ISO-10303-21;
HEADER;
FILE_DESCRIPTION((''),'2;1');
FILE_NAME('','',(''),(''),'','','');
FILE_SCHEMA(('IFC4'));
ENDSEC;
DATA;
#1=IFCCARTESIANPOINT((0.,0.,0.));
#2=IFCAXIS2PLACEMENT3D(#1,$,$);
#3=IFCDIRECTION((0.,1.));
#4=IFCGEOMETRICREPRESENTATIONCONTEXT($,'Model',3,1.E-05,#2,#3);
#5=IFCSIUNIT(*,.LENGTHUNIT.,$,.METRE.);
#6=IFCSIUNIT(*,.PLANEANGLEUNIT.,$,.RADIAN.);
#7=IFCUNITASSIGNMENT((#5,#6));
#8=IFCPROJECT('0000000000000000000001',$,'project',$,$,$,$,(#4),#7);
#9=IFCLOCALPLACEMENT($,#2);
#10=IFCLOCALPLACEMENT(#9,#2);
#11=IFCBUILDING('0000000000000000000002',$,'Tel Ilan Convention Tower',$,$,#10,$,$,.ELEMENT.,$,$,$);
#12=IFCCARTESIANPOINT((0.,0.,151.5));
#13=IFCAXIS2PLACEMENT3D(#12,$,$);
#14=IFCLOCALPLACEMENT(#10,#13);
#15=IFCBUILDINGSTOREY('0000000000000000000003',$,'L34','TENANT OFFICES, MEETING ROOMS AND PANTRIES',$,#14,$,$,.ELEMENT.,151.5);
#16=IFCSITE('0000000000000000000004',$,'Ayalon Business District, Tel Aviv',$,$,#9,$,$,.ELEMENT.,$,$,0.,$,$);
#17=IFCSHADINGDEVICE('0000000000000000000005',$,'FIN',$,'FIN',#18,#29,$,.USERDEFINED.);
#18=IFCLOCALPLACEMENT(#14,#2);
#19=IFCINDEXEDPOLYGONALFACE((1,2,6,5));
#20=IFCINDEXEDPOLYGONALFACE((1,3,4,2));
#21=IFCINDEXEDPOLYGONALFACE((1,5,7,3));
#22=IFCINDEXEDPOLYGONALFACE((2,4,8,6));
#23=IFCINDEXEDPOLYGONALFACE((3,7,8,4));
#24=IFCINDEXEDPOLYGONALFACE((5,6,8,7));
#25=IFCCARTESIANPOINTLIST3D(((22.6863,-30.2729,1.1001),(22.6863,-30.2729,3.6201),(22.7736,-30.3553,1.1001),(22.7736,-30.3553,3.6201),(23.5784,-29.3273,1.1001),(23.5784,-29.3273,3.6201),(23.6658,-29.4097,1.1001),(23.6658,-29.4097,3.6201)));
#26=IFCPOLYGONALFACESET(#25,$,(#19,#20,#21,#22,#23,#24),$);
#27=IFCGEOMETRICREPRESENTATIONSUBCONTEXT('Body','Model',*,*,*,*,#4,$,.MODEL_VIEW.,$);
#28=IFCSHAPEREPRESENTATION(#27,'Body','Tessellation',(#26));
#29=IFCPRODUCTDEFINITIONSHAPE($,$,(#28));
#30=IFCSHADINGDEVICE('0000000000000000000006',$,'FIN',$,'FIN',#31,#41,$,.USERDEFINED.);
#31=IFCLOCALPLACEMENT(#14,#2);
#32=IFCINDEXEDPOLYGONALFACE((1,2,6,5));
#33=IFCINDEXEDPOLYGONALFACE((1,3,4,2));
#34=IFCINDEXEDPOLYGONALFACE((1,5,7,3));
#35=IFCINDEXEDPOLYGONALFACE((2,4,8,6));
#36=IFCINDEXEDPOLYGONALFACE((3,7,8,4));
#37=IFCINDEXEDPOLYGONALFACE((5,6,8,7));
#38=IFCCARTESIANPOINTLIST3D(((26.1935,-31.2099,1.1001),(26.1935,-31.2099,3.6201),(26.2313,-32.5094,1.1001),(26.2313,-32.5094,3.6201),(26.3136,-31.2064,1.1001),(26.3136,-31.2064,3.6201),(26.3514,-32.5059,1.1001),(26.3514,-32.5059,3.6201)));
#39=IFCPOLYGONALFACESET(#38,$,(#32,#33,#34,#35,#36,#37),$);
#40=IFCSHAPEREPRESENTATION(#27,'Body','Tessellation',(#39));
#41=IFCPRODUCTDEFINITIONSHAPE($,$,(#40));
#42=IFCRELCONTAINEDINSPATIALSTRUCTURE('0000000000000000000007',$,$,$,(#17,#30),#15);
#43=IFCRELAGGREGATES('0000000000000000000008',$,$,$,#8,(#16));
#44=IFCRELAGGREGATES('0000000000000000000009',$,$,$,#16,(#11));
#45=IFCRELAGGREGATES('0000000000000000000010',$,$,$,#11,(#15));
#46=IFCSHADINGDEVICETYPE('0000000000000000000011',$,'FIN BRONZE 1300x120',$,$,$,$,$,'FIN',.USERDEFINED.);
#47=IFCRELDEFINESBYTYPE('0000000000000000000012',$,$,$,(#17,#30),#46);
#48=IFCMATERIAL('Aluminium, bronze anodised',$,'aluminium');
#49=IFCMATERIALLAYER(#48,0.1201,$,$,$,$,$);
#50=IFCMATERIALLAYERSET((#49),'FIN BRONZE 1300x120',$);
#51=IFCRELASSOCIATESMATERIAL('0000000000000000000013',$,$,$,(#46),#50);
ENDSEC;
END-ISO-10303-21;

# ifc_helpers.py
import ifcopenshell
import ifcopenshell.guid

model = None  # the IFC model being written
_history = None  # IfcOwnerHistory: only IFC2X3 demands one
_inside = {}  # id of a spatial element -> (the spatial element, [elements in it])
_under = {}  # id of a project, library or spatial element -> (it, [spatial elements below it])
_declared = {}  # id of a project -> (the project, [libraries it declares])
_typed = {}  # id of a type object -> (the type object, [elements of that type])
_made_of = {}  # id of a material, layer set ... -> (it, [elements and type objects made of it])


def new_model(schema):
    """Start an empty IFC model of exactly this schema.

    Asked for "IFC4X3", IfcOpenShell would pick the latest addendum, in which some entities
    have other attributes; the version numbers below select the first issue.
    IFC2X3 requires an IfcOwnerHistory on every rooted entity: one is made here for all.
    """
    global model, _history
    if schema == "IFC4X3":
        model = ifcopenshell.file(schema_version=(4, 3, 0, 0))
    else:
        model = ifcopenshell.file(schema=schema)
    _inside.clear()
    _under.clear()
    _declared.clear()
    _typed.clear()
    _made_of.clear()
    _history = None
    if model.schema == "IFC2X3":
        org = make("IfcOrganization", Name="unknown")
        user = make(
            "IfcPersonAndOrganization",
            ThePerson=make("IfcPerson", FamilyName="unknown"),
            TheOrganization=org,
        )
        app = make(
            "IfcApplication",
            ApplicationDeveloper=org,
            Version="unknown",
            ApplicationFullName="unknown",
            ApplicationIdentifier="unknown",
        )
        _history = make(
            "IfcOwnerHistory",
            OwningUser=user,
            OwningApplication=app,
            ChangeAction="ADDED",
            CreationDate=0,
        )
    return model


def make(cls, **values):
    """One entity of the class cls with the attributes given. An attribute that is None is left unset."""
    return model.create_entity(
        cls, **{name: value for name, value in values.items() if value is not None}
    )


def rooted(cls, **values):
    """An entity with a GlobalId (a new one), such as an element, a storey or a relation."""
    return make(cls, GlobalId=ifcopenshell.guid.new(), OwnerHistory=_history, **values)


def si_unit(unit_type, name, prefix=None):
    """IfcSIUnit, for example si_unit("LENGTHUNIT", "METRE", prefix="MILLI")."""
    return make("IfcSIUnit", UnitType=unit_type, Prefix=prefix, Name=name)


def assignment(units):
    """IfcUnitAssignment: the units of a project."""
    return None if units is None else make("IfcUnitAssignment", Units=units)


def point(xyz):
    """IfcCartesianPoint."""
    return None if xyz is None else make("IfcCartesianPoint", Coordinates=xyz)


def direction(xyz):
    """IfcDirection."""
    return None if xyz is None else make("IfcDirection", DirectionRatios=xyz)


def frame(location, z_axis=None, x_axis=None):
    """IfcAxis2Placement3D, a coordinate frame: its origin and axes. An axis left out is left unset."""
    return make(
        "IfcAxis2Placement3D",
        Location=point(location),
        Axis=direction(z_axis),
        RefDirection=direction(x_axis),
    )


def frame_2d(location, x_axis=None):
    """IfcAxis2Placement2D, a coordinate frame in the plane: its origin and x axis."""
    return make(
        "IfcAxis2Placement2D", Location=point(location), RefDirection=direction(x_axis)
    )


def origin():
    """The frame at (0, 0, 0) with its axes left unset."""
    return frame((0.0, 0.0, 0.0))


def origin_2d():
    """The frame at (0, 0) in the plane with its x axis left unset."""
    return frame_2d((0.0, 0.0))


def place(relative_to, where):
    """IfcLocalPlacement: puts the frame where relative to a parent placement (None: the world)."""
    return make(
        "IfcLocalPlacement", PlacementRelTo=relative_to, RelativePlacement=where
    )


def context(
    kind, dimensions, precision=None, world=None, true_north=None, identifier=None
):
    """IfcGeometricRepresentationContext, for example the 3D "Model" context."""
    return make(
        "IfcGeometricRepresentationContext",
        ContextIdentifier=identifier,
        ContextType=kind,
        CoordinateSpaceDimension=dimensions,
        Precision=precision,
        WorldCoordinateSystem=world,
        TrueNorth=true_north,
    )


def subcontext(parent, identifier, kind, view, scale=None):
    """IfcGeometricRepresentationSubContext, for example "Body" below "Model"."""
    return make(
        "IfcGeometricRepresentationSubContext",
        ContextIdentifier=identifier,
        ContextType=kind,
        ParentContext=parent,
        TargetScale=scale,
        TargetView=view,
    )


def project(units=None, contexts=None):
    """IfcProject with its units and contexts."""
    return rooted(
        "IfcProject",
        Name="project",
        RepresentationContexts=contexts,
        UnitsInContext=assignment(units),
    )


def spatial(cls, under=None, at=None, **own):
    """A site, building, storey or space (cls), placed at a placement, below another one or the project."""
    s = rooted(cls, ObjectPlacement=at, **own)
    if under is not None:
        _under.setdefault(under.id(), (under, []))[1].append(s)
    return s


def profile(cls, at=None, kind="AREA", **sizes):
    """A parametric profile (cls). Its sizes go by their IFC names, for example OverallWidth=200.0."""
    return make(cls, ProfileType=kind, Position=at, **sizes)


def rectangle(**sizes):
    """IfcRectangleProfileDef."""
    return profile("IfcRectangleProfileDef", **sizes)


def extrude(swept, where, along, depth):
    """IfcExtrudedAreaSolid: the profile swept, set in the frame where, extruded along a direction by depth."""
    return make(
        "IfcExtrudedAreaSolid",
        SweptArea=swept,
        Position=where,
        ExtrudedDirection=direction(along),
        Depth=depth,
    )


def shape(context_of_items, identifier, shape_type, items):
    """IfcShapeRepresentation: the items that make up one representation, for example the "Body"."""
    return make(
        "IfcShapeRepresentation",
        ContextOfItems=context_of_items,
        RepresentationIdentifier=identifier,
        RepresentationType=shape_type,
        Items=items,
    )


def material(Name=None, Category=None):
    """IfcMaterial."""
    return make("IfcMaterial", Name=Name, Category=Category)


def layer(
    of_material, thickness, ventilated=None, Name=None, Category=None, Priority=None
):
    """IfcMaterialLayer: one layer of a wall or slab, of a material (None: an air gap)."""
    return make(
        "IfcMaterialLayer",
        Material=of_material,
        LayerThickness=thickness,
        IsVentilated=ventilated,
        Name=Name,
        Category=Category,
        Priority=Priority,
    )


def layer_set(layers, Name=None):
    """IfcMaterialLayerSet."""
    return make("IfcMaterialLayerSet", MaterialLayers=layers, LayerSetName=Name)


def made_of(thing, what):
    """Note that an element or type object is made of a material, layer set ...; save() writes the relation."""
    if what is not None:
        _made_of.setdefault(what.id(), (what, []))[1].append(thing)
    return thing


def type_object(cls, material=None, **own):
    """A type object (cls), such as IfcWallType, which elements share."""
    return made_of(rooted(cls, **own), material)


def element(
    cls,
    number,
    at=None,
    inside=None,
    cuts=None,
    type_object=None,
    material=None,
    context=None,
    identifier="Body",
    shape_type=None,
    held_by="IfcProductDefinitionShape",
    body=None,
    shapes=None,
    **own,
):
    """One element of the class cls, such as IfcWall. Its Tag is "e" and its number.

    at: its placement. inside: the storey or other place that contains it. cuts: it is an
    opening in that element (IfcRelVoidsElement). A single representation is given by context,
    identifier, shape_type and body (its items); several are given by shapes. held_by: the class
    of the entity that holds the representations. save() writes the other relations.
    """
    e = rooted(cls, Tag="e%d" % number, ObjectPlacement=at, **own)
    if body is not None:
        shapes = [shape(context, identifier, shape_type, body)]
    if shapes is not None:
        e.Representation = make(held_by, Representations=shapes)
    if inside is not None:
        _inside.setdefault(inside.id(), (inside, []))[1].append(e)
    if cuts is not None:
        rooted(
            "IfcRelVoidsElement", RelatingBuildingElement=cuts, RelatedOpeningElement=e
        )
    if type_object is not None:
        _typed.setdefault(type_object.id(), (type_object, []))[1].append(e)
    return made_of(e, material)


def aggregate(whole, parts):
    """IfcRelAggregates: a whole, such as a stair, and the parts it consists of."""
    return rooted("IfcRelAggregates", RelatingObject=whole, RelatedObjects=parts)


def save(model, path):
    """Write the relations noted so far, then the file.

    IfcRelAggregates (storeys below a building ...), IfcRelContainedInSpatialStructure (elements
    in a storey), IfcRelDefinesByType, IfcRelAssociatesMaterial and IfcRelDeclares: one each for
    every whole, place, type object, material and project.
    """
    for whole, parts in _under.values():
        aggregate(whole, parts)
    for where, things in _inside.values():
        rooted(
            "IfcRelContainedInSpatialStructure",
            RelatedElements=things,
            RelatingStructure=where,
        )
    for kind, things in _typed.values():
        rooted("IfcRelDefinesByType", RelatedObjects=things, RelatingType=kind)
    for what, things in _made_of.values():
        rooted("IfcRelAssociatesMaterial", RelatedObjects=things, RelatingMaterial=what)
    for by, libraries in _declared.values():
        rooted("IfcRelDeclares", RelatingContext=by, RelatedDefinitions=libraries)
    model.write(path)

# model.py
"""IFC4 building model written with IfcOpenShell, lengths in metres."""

from ifc_helpers import new_model, si_unit, direction, frame, origin, origin_2d, place, context, subcontext, project, spatial, rectangle, extrude, material, layer, layer_set, type_object, element, save


model = new_model("IFC4")

# Units and contexts
model_context = context("Model", 3, precision=1e-05, world=origin(), true_north=direction((0.0, 1.0)))
body_context = subcontext(model_context, "Body", "Model", "MODEL_VIEW")
ifc_project = project(units=[si_unit("LENGTHUNIT", "METRE"), si_unit("PLANEANGLEUNIT", "RADIAN")], contexts=[model_context])

# Site, building, storey
site_placement = place(None, origin())
site = spatial("IfcSite", under=ifc_project, at=site_placement, Name="Ayalon Business District, Tel Aviv", CompositionType="ELEMENT", RefElevation=0.0)
building_placement = place(site_placement, origin())
building = spatial("IfcBuilding", under=site, at=building_placement, Name="Tel Ilan Convention Tower", CompositionType="ELEMENT")
storey_placement = place(building_placement, frame((0.0, 0.0, 151.5)))
storey = spatial("IfcBuildingStorey", under=building, at=storey_placement, Name="L34", Description="TENANT OFFICES, MEETING ROOMS AND PANTRIES", CompositionType="ELEMENT", Elevation=151.5)

# Shading devices
ifc_material_1 = material(Name="Aluminium, bronze anodised", Category="aluminium")
ifc_layer_1 = layer(ifc_material_1, 0.1201)
ifc_layer_set_1 = layer_set([ifc_layer_1], Name="FIN BRONZE 1300x120")
shading_device_type = type_object("IfcShadingDeviceType", Name="FIN BRONZE 1300x120", ElementType="FIN", PredefinedType="USERDEFINED", material=ifc_layer_set_1)
for number, where, z_axis, x_axis, name in (
    (1, (23.176, -29.8413, 1.1001), (0.0, 0.0, 1.0), (-0.686242, -0.727374, 0.0), "FIN"),
    (2, (26.2725, -31.8579, 1.1001), (0.0, 0.0, 1.0), (0.029085, -0.999577, 0.0), "FIN"),
):
    element("IfcShadingDevice", number, at=place(storey_placement, frame(where, z_axis=z_axis, x_axis=x_axis)), inside=storey, type_object=shading_device_type, Name=name, ObjectType="FIN", PredefinedType="USERDEFINED", context=body_context, shape_type="SweptSolid", body=[
        extrude(rectangle(XDim=1.3, YDim=0.1201, at=origin_2d()), origin(), (0.0, 0.0, 1.0), 2.52),
    ])

save(model, "model.ifc")
